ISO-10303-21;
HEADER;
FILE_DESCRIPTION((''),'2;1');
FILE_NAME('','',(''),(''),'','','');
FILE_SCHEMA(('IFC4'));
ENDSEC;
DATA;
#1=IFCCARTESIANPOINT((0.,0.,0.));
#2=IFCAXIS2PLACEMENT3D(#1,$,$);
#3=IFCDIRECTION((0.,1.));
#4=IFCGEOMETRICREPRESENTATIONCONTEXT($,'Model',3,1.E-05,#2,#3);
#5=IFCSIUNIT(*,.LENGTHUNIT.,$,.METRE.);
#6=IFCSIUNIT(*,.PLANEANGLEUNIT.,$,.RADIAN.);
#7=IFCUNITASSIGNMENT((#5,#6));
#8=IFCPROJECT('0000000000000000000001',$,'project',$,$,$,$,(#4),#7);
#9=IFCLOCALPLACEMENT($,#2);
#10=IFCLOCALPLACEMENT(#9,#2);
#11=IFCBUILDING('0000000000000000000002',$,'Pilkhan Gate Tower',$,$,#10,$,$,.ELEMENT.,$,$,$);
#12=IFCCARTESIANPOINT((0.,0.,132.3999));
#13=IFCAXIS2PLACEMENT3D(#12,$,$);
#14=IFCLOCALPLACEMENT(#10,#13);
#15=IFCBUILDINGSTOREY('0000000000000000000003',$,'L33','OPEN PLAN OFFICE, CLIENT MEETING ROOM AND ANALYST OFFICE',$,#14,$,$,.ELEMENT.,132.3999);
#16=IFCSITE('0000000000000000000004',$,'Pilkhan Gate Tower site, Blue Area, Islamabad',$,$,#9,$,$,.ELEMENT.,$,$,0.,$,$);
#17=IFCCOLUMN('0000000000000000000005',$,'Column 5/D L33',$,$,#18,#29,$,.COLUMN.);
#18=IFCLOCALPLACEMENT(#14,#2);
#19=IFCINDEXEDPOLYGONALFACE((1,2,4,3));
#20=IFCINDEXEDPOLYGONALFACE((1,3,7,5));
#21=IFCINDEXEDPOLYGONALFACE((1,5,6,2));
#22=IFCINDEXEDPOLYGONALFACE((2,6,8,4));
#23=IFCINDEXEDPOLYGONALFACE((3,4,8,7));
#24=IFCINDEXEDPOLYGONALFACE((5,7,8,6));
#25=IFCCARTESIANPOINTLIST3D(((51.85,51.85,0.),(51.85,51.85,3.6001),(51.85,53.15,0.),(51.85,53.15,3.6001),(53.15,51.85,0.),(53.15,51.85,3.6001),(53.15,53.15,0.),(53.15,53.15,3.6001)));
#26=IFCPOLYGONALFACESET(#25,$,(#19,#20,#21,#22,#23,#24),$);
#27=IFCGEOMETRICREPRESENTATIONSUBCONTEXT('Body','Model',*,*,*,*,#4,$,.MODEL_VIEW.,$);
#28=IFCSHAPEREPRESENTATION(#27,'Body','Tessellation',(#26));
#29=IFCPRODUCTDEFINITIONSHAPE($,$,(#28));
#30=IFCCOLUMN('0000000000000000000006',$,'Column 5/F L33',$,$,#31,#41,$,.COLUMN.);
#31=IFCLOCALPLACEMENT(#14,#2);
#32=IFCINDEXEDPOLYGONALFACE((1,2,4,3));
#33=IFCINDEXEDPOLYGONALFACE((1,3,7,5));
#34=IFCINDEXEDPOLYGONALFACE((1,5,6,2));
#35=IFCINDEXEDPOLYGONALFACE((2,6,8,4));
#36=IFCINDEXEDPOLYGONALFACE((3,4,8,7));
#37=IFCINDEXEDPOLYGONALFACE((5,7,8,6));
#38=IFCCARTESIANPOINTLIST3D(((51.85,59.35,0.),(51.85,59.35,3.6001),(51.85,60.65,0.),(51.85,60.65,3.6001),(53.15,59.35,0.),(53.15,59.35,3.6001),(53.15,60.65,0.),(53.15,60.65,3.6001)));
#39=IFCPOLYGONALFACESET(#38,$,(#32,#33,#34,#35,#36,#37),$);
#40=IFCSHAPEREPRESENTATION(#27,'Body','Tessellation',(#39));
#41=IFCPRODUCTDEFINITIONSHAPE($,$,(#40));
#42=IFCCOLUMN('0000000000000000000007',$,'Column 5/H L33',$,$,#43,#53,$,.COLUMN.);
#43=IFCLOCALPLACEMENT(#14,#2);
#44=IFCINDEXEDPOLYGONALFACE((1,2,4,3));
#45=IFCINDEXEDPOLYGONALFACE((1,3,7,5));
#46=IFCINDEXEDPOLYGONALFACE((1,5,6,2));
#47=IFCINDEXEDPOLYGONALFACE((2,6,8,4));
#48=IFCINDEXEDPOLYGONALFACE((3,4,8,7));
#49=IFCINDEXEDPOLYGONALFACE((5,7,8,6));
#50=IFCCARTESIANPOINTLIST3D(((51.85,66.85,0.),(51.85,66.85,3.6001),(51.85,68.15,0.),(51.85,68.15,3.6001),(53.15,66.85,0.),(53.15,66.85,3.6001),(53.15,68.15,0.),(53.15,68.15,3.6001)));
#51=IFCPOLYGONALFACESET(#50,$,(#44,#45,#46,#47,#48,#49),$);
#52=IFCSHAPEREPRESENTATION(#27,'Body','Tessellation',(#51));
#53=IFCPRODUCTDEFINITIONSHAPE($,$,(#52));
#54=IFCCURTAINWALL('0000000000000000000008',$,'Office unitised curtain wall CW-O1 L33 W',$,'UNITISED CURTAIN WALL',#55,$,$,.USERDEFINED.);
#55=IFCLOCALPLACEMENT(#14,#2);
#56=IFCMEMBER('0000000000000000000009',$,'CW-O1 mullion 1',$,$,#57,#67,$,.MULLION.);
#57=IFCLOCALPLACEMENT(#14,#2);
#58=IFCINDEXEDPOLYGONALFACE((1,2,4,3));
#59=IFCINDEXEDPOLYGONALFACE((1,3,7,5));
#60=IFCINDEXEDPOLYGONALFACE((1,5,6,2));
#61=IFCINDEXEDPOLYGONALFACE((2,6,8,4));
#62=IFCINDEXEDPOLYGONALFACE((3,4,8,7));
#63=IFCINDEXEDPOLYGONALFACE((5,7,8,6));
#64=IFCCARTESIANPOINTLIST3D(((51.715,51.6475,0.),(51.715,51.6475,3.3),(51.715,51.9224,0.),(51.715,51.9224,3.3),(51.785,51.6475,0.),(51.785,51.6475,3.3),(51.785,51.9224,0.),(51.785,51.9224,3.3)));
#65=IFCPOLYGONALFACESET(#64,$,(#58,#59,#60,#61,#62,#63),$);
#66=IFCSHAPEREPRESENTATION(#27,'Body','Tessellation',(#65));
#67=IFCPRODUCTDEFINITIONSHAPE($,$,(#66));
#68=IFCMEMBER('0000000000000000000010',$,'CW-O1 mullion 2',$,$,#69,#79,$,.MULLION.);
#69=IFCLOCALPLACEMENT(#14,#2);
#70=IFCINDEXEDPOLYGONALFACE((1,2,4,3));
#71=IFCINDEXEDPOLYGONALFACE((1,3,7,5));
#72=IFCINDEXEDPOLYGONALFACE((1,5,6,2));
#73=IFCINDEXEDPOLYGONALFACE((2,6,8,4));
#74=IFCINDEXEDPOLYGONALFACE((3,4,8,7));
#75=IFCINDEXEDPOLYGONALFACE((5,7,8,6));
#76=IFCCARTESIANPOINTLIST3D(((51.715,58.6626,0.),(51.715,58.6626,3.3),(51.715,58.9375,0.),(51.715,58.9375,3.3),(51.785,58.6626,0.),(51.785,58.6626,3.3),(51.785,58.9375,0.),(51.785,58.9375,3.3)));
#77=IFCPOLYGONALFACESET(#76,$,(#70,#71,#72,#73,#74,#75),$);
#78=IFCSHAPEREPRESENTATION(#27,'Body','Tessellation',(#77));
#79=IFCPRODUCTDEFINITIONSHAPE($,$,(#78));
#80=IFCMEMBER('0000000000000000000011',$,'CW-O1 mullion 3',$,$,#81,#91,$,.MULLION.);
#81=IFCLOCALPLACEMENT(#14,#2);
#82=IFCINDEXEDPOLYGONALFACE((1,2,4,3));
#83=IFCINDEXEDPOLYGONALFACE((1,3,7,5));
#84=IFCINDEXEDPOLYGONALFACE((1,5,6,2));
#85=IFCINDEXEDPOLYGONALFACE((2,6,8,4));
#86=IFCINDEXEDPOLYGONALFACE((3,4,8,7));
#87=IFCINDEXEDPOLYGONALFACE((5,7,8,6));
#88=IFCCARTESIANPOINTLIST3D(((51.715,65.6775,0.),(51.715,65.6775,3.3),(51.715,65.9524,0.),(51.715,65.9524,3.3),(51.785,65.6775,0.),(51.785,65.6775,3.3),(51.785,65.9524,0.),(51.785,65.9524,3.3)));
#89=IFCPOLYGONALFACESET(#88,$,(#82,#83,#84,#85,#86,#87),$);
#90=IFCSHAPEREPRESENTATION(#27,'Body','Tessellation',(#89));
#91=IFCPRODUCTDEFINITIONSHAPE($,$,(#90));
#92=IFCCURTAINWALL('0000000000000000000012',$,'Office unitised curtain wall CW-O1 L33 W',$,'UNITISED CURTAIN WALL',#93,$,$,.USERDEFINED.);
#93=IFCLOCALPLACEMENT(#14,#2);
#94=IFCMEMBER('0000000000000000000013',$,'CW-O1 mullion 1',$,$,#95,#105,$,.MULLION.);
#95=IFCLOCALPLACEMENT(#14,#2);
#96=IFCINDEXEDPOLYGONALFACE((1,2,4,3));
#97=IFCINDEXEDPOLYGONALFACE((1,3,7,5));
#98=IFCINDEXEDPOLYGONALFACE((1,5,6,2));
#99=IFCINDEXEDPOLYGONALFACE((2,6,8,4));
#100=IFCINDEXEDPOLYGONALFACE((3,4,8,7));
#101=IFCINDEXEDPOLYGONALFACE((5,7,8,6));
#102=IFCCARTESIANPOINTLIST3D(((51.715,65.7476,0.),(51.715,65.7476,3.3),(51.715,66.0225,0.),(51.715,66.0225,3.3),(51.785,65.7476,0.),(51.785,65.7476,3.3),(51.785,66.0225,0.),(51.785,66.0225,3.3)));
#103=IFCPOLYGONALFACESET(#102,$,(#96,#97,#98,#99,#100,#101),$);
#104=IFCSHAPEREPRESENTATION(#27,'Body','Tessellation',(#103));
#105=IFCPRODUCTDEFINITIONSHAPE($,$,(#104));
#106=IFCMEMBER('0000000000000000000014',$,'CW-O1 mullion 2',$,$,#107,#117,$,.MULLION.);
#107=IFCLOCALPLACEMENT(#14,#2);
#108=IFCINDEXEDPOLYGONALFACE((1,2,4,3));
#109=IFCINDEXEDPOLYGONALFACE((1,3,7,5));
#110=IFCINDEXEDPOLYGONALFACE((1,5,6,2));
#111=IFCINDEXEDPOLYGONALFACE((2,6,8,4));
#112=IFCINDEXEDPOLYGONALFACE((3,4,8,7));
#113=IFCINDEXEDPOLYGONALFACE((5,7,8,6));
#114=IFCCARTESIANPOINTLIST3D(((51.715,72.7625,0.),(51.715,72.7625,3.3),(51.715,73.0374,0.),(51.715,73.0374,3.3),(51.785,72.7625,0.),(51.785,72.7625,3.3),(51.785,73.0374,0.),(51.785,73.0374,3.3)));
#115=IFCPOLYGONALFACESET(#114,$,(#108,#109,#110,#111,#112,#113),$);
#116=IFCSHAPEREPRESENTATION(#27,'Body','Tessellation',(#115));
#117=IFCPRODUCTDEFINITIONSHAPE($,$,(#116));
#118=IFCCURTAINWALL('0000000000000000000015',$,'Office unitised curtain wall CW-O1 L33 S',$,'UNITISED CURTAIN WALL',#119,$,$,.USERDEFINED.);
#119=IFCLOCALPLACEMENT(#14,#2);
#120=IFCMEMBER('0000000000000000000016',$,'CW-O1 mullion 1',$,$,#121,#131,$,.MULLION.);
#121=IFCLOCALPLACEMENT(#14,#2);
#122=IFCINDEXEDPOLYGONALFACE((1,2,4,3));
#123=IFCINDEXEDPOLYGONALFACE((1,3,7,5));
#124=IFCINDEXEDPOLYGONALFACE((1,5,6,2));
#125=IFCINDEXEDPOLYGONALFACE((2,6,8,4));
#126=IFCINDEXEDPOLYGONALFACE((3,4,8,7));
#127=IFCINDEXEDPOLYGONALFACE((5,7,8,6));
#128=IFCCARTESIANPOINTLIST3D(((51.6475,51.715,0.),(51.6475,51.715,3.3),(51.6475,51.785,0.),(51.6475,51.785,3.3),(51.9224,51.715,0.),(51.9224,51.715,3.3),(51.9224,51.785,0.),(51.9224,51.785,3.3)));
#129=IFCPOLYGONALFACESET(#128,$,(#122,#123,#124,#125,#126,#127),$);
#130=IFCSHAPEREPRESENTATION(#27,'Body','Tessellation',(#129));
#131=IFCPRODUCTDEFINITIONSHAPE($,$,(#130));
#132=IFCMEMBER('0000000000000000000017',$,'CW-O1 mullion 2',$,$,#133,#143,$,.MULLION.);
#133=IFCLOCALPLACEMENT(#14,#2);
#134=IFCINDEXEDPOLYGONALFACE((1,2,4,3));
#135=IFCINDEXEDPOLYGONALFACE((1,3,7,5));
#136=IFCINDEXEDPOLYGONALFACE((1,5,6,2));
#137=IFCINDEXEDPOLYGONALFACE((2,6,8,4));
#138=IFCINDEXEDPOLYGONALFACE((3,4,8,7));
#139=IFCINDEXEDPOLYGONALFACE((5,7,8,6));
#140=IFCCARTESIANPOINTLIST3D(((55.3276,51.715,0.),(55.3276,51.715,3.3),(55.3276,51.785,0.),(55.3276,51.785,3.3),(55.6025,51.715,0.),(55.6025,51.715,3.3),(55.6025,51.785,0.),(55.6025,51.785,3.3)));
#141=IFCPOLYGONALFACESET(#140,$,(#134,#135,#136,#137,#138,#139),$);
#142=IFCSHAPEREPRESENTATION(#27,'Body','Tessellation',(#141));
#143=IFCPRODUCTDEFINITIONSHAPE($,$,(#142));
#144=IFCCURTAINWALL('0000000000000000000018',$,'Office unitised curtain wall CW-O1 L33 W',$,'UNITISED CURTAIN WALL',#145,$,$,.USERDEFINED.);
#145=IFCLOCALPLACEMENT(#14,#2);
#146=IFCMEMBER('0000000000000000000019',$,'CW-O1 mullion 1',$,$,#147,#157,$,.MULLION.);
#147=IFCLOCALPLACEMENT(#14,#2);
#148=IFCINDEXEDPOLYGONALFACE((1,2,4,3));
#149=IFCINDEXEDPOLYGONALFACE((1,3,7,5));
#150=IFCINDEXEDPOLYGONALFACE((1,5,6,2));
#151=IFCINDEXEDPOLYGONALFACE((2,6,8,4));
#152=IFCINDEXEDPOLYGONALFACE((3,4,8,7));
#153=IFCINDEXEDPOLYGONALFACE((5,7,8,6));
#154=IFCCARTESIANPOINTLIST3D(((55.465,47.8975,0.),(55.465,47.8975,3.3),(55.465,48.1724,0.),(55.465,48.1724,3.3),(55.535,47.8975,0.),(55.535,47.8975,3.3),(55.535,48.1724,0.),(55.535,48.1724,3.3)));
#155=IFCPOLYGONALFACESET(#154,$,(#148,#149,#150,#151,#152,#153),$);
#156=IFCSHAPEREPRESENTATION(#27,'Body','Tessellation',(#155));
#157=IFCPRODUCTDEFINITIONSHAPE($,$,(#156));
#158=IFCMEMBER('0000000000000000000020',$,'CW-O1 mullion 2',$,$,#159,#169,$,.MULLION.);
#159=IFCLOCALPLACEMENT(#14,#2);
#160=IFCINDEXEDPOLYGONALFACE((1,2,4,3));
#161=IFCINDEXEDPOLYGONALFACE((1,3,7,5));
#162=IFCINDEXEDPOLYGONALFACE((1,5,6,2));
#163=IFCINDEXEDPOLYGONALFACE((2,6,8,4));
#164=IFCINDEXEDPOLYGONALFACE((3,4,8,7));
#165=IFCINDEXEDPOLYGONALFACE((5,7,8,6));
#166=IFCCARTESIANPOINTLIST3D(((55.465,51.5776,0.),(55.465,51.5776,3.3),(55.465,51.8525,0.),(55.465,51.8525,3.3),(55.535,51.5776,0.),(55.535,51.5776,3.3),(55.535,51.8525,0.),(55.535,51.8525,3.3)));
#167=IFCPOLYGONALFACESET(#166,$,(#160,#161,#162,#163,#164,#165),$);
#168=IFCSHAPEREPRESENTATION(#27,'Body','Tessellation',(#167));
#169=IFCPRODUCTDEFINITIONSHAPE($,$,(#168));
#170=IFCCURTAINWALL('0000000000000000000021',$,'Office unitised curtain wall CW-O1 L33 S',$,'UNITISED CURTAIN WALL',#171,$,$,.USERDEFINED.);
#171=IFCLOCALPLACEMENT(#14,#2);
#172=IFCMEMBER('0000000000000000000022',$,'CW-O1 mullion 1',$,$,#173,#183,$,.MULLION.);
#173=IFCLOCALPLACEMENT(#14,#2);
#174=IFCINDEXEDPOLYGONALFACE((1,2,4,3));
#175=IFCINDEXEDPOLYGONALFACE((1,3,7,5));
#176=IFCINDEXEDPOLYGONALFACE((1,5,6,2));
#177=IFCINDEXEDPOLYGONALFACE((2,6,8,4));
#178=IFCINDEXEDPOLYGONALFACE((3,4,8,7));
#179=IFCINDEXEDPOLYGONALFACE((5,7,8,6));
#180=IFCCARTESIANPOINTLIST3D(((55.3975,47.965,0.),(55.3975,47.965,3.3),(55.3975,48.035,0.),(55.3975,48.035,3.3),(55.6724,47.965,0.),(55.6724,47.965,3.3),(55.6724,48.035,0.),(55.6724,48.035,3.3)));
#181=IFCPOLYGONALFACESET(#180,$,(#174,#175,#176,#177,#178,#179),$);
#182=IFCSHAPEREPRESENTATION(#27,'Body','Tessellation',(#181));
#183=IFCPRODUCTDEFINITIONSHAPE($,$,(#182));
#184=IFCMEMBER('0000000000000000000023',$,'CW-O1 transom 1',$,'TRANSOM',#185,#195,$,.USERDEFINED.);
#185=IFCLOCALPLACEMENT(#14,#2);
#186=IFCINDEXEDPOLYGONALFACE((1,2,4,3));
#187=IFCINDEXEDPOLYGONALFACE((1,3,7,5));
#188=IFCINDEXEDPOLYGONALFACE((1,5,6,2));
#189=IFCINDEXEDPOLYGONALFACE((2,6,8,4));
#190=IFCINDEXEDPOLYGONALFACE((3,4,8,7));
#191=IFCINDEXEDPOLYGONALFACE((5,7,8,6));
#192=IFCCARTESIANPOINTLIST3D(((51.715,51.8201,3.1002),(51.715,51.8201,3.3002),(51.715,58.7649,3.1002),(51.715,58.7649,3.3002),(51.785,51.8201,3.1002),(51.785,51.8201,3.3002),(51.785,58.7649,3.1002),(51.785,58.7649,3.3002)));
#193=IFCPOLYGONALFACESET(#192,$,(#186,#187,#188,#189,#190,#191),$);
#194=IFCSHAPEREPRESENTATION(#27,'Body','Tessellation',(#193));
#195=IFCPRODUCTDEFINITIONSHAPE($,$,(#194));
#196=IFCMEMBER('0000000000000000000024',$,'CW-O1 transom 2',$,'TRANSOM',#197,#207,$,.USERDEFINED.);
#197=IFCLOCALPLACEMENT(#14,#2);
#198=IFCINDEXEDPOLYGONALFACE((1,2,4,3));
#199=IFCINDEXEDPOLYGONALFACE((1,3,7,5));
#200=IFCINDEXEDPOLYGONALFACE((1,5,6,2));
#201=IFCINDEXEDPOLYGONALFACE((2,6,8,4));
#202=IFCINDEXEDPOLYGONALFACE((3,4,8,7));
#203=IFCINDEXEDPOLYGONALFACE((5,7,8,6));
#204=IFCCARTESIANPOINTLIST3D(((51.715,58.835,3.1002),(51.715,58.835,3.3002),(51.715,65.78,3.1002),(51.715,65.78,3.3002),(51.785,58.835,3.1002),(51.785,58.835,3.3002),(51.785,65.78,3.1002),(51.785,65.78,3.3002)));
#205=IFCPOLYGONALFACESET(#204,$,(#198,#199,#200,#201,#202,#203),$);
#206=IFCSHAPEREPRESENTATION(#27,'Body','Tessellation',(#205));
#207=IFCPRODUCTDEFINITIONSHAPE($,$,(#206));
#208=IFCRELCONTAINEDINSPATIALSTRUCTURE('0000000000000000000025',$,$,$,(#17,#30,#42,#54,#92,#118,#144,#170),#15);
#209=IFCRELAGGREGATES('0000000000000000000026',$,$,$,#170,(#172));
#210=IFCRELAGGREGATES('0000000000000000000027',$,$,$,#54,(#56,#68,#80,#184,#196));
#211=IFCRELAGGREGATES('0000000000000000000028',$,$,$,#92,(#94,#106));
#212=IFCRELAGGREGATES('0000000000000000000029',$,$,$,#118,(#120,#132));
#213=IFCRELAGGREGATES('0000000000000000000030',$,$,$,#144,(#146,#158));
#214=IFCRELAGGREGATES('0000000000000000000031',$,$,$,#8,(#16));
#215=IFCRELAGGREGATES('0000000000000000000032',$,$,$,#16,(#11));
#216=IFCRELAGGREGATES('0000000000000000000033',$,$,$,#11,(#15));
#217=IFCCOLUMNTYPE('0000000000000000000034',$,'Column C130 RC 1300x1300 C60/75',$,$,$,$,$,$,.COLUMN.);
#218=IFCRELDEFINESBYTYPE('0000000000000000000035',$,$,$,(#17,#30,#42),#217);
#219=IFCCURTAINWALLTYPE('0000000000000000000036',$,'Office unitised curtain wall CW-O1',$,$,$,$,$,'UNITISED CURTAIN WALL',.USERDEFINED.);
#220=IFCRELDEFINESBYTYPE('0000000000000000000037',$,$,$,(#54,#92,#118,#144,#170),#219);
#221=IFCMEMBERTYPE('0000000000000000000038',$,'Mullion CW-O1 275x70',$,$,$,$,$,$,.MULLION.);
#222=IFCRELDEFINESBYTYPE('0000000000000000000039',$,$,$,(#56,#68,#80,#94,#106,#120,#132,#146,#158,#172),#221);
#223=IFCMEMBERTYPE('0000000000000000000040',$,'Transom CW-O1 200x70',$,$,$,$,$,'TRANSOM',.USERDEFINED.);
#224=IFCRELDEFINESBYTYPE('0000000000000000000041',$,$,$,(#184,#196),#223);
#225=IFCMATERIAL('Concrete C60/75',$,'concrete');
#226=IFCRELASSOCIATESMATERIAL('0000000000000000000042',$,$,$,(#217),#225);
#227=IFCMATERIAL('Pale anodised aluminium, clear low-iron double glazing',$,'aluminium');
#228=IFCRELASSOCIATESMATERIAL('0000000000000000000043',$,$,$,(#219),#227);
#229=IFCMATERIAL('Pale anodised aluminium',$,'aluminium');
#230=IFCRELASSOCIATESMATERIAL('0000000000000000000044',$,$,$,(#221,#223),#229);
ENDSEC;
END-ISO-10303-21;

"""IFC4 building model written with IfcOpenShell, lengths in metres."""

from ifc_helpers import new_model, si_unit, direction, frame, origin, origin_2d, place, context, subcontext, project, spatial, rectangle, extrude, material, material_profile, profile_set, type_object, element, aggregate, save


model = new_model("IFC4")

# Units and contexts
model_context = context("Model", 3, precision=1e-05, world=origin(), true_north=direction((0.0, 1.0)))
body_context = subcontext(model_context, "Body", "Model", "MODEL_VIEW")
ifc_project = project(units=[si_unit("LENGTHUNIT", "METRE"), si_unit("PLANEANGLEUNIT", "RADIAN")], contexts=[model_context])

# Site, building, storey
site_placement = place(None, origin())
site = spatial("IfcSite", under=ifc_project, at=site_placement, Name="Pilkhan Gate Tower site, Blue Area, Islamabad", CompositionType="ELEMENT", RefElevation=0.0)
building_placement = place(site_placement, origin())
building = spatial("IfcBuilding", under=site, at=building_placement, Name="Pilkhan Gate Tower", CompositionType="ELEMENT")
storey_placement = place(building_placement, frame((0.0, 0.0, 132.3999)))
storey = spatial("IfcBuildingStorey", under=building, at=storey_placement, Name="L33", Description="OPEN PLAN OFFICE, CLIENT MEETING ROOM AND ANALYST OFFICE", CompositionType="ELEMENT", Elevation=132.3999)

# Columns
ifc_material_1 = material(Name="Concrete C60/75", Category="concrete")
ifc_material_profile_1 = material_profile(ifc_material_1, rectangle(XDim=1.3, YDim=1.3, at=origin_2d()), Name="RC 1300x1300")
ifc_profile_set_1 = profile_set([ifc_material_profile_1], Name="Concrete C60/75")
column_type = type_object("IfcColumnType", Name="Column C130 RC 1300x1300 C60/75", PredefinedType="COLUMN", material=ifc_profile_set_1)
for number, where, z_axis, x_axis, name in (
    (1, (52.5, 52.5, 0.0), (0.0, 0.0, 1.0), (1.0, 0.0, 0.0), "Column 5/D L33"),
    (2, (52.5, 60.0, 0.0), (0.0, 0.0, 1.0), (1.0, 0.0, 0.0), "Column 5/F L33"),
    (3, (52.5, 67.5, 0.0), (0.0, 0.0, 1.0), (1.0, 0.0, 0.0), "Column 5/H L33"),
):
    element("IfcColumn", number, at=place(storey_placement, frame(where, z_axis=z_axis, x_axis=x_axis)), inside=storey, type_object=column_type, Name=name, PredefinedType="COLUMN", context=body_context, shape_type="SweptSolid", body=[
        extrude(rectangle(XDim=1.3, YDim=1.3, at=origin_2d()), origin(), (0.0, 0.0, 1.0), 3.6001),
    ])

# Curtain walls, members
ifc_material_2 = material(Name="Pale anodised aluminium, clear low-iron double glazing", Category="aluminium")
curtain_wall_type = type_object("IfcCurtainWallType", Name="Office unitised curtain wall CW-O1", ElementType="UNITISED CURTAIN WALL", PredefinedType="USERDEFINED", material=ifc_material_2)
curtain_wall_1_placement = place(storey_placement, origin())
curtain_wall_1 = element("IfcCurtainWall", 4, at=curtain_wall_1_placement, inside=storey, type_object=curtain_wall_type, Name="Office unitised curtain wall CW-O1 L33 W", ObjectType="UNITISED CURTAIN WALL", PredefinedType="USERDEFINED")
ifc_material_3 = material(Name="Pale anodised aluminium", Category="aluminium")
ifc_material_profile_2 = material_profile(ifc_material_3, rectangle(XDim=0.0701, YDim=0.2749, at=origin_2d()), Name="Mullion 275x70")
ifc_profile_set_2 = profile_set([ifc_material_profile_2], Name="Pale anodised aluminium")
member_type_1 = type_object("IfcMemberType", Name="Mullion CW-O1 275x70", PredefinedType="MULLION", material=ifc_profile_set_2)
member_1_placement = place(storey_placement, frame((51.75, 51.7849, 0.0), z_axis=(0.0, 0.0, 1.0), x_axis=(-1.0, 0.0, 0.0)))
member_1 = element("IfcMember", 5, at=member_1_placement, type_object=member_type_1, Name="CW-O1 mullion 1", PredefinedType="MULLION", context=body_context, shape_type="SweptSolid", body=[
    extrude(rectangle(XDim=0.0701, YDim=0.2749, at=origin_2d()), origin(), (0.0, 0.0, 1.0), 3.3),
])
member_2_placement = place(storey_placement, frame((51.75, 58.8, 0.0), z_axis=(0.0, 0.0, 1.0), x_axis=(-1.0, 0.0, 0.0)))
member_2 = element("IfcMember", 6, at=member_2_placement, type_object=member_type_1, Name="CW-O1 mullion 2", PredefinedType="MULLION", context=body_context, shape_type="SweptSolid", body=[
    extrude(rectangle(XDim=0.0701, YDim=0.2749, at=origin_2d()), origin(), (0.0, 0.0, 1.0), 3.3),
])
member_3_placement = place(storey_placement, frame((51.75, 65.8149, 0.0), z_axis=(0.0, 0.0, 1.0), x_axis=(-1.0, 0.0, 0.0)))
member_3 = element("IfcMember", 7, at=member_3_placement, type_object=member_type_1, Name="CW-O1 mullion 3", PredefinedType="MULLION", context=body_context, shape_type="SweptSolid", body=[
    extrude(rectangle(XDim=0.0701, YDim=0.2749, at=origin_2d()), origin(), (0.0, 0.0, 1.0), 3.3),
])
curtain_wall_2_placement = place(storey_placement, origin())
curtain_wall_2 = element("IfcCurtainWall", 8, at=curtain_wall_2_placement, inside=storey, type_object=curtain_wall_type, Name="Office unitised curtain wall CW-O1 L33 W", ObjectType="UNITISED CURTAIN WALL", PredefinedType="USERDEFINED")
member_4_placement = place(storey_placement, frame((51.75, 65.885, 0.0), z_axis=(0.0, 0.0, 1.0), x_axis=(-1.0, 0.0, 0.0)))
member_4 = element("IfcMember", 9, at=member_4_placement, type_object=member_type_1, Name="CW-O1 mullion 1", PredefinedType="MULLION", context=body_context, shape_type="SweptSolid", body=[
    extrude(rectangle(XDim=0.0701, YDim=0.2749, at=origin_2d()), origin(), (0.0, 0.0, 1.0), 3.3),
])
member_5_placement = place(storey_placement, frame((51.75, 72.8999, 0.0), z_axis=(0.0, 0.0, 1.0), x_axis=(-1.0, 0.0, 0.0)))
member_5 = element("IfcMember", 10, at=member_5_placement, type_object=member_type_1, Name="CW-O1 mullion 2", PredefinedType="MULLION", context=body_context, shape_type="SweptSolid", body=[
    extrude(rectangle(XDim=0.0701, YDim=0.2749, at=origin_2d()), origin(), (0.0, 0.0, 1.0), 3.3),
])
curtain_wall_3_placement = place(storey_placement, origin())
curtain_wall_3 = element("IfcCurtainWall", 11, at=curtain_wall_3_placement, inside=storey, type_object=curtain_wall_type, Name="Office unitised curtain wall CW-O1 L33 S", ObjectType="UNITISED CURTAIN WALL", PredefinedType="USERDEFINED")
member_6_placement = place(storey_placement, frame((51.7849, 51.75, 0.0), z_axis=(0.0, 0.0, 1.0), x_axis=(0.0, 1.0, 0.0)))
member_6 = element("IfcMember", 12, at=member_6_placement, type_object=member_type_1, Name="CW-O1 mullion 1", PredefinedType="MULLION", context=body_context, shape_type="SweptSolid", body=[
    extrude(rectangle(XDim=0.0701, YDim=0.2749, at=origin_2d()), origin(), (0.0, 0.0, 1.0), 3.3),
])
member_7_placement = place(storey_placement, frame((55.4651, 51.75, 0.0), z_axis=(0.0, 0.0, 1.0), x_axis=(0.0, 1.0, 0.0)))
member_7 = element("IfcMember", 13, at=member_7_placement, type_object=member_type_1, Name="CW-O1 mullion 2", PredefinedType="MULLION", context=body_context, shape_type="SweptSolid", body=[
    extrude(rectangle(XDim=0.0701, YDim=0.2749, at=origin_2d()), origin(), (0.0, 0.0, 1.0), 3.3),
])
curtain_wall_4_placement = place(storey_placement, origin())
curtain_wall_4 = element("IfcCurtainWall", 14, at=curtain_wall_4_placement, inside=storey, type_object=curtain_wall_type, Name="Office unitised curtain wall CW-O1 L33 W", ObjectType="UNITISED CURTAIN WALL", PredefinedType="USERDEFINED")
member_8_placement = place(storey_placement, frame((55.5, 48.0349, 0.0), z_axis=(0.0, 0.0, 1.0), x_axis=(-1.0, 0.0, 0.0)))
member_8 = element("IfcMember", 15, at=member_8_placement, type_object=member_type_1, Name="CW-O1 mullion 1", PredefinedType="MULLION", context=body_context, shape_type="SweptSolid", body=[
    extrude(rectangle(XDim=0.0701, YDim=0.2749, at=origin_2d()), origin(), (0.0, 0.0, 1.0), 3.3),
])
member_9_placement = place(storey_placement, frame((55.5, 51.7151, 0.0), z_axis=(0.0, 0.0, 1.0), x_axis=(-1.0, 0.0, 0.0)))
member_9 = element("IfcMember", 16, at=member_9_placement, type_object=member_type_1, Name="CW-O1 mullion 2", PredefinedType="MULLION", context=body_context, shape_type="SweptSolid", body=[
    extrude(rectangle(XDim=0.0701, YDim=0.2749, at=origin_2d()), origin(), (0.0, 0.0, 1.0), 3.3),
])

# Curtain wall, member
curtain_wall_5_placement = place(storey_placement, origin())
curtain_wall_5 = element("IfcCurtainWall", 17, at=curtain_wall_5_placement, inside=storey, type_object=curtain_wall_type, Name="Office unitised curtain wall CW-O1 L33 S", ObjectType="UNITISED CURTAIN WALL", PredefinedType="USERDEFINED")
member_10_placement = place(storey_placement, frame((55.5349, 48.0, 0.0), z_axis=(0.0, 0.0, 1.0), x_axis=(0.0, 1.0, 0.0)))
member_10 = element("IfcMember", 18, at=member_10_placement, type_object=member_type_1, Name="CW-O1 mullion 1", PredefinedType="MULLION", context=body_context, shape_type="SweptSolid", body=[
    extrude(rectangle(XDim=0.0701, YDim=0.2749, at=origin_2d()), origin(), (0.0, 0.0, 1.0), 3.3),
])
aggregate(curtain_wall_5, [member_10])

# Members
ifc_material_profile_3 = material_profile(ifc_material_3, rectangle(XDim=0.0701, YDim=0.2, at=origin_2d()), Name="Transom 200x70")
ifc_profile_set_3 = profile_set([ifc_material_profile_3], Name="Pale anodised aluminium")
member_type_2 = type_object("IfcMemberType", Name="Transom CW-O1 200x70", ElementType="TRANSOM", PredefinedType="USERDEFINED", material=ifc_profile_set_3)
member_11_placement = place(storey_placement, frame((51.75, 51.8201, 3.2002), z_axis=(0.0, 1.0, 0.0), x_axis=(-1.0, 0.0, 0.0)))
member_11 = element("IfcMember", 19, at=member_11_placement, type_object=member_type_2, Name="CW-O1 transom 1", ObjectType="TRANSOM", PredefinedType="USERDEFINED", context=body_context, shape_type="SweptSolid", body=[
    extrude(rectangle(XDim=0.0701, YDim=0.2, at=origin_2d()), origin(), (0.0, 0.0, 1.0), 6.9448),
])
member_12_placement = place(storey_placement, frame((51.75, 58.835, 3.2002), z_axis=(0.0, 1.0, 0.0), x_axis=(-1.0, 0.0, 0.0)))
member_12 = element("IfcMember", 20, at=member_12_placement, type_object=member_type_2, Name="CW-O1 transom 2", ObjectType="TRANSOM", PredefinedType="USERDEFINED", context=body_context, shape_type="SweptSolid", body=[
    extrude(rectangle(XDim=0.0701, YDim=0.2, at=origin_2d()), origin(), (0.0, 0.0, 1.0), 6.9451),
])

aggregate(curtain_wall_1, [member_1, member_2, member_3, member_11, member_12])
aggregate(curtain_wall_2, [member_4, member_5])
aggregate(curtain_wall_3, [member_6, member_7])
aggregate(curtain_wall_4, [member_8, member_9])

save(model, "model.ifc")
